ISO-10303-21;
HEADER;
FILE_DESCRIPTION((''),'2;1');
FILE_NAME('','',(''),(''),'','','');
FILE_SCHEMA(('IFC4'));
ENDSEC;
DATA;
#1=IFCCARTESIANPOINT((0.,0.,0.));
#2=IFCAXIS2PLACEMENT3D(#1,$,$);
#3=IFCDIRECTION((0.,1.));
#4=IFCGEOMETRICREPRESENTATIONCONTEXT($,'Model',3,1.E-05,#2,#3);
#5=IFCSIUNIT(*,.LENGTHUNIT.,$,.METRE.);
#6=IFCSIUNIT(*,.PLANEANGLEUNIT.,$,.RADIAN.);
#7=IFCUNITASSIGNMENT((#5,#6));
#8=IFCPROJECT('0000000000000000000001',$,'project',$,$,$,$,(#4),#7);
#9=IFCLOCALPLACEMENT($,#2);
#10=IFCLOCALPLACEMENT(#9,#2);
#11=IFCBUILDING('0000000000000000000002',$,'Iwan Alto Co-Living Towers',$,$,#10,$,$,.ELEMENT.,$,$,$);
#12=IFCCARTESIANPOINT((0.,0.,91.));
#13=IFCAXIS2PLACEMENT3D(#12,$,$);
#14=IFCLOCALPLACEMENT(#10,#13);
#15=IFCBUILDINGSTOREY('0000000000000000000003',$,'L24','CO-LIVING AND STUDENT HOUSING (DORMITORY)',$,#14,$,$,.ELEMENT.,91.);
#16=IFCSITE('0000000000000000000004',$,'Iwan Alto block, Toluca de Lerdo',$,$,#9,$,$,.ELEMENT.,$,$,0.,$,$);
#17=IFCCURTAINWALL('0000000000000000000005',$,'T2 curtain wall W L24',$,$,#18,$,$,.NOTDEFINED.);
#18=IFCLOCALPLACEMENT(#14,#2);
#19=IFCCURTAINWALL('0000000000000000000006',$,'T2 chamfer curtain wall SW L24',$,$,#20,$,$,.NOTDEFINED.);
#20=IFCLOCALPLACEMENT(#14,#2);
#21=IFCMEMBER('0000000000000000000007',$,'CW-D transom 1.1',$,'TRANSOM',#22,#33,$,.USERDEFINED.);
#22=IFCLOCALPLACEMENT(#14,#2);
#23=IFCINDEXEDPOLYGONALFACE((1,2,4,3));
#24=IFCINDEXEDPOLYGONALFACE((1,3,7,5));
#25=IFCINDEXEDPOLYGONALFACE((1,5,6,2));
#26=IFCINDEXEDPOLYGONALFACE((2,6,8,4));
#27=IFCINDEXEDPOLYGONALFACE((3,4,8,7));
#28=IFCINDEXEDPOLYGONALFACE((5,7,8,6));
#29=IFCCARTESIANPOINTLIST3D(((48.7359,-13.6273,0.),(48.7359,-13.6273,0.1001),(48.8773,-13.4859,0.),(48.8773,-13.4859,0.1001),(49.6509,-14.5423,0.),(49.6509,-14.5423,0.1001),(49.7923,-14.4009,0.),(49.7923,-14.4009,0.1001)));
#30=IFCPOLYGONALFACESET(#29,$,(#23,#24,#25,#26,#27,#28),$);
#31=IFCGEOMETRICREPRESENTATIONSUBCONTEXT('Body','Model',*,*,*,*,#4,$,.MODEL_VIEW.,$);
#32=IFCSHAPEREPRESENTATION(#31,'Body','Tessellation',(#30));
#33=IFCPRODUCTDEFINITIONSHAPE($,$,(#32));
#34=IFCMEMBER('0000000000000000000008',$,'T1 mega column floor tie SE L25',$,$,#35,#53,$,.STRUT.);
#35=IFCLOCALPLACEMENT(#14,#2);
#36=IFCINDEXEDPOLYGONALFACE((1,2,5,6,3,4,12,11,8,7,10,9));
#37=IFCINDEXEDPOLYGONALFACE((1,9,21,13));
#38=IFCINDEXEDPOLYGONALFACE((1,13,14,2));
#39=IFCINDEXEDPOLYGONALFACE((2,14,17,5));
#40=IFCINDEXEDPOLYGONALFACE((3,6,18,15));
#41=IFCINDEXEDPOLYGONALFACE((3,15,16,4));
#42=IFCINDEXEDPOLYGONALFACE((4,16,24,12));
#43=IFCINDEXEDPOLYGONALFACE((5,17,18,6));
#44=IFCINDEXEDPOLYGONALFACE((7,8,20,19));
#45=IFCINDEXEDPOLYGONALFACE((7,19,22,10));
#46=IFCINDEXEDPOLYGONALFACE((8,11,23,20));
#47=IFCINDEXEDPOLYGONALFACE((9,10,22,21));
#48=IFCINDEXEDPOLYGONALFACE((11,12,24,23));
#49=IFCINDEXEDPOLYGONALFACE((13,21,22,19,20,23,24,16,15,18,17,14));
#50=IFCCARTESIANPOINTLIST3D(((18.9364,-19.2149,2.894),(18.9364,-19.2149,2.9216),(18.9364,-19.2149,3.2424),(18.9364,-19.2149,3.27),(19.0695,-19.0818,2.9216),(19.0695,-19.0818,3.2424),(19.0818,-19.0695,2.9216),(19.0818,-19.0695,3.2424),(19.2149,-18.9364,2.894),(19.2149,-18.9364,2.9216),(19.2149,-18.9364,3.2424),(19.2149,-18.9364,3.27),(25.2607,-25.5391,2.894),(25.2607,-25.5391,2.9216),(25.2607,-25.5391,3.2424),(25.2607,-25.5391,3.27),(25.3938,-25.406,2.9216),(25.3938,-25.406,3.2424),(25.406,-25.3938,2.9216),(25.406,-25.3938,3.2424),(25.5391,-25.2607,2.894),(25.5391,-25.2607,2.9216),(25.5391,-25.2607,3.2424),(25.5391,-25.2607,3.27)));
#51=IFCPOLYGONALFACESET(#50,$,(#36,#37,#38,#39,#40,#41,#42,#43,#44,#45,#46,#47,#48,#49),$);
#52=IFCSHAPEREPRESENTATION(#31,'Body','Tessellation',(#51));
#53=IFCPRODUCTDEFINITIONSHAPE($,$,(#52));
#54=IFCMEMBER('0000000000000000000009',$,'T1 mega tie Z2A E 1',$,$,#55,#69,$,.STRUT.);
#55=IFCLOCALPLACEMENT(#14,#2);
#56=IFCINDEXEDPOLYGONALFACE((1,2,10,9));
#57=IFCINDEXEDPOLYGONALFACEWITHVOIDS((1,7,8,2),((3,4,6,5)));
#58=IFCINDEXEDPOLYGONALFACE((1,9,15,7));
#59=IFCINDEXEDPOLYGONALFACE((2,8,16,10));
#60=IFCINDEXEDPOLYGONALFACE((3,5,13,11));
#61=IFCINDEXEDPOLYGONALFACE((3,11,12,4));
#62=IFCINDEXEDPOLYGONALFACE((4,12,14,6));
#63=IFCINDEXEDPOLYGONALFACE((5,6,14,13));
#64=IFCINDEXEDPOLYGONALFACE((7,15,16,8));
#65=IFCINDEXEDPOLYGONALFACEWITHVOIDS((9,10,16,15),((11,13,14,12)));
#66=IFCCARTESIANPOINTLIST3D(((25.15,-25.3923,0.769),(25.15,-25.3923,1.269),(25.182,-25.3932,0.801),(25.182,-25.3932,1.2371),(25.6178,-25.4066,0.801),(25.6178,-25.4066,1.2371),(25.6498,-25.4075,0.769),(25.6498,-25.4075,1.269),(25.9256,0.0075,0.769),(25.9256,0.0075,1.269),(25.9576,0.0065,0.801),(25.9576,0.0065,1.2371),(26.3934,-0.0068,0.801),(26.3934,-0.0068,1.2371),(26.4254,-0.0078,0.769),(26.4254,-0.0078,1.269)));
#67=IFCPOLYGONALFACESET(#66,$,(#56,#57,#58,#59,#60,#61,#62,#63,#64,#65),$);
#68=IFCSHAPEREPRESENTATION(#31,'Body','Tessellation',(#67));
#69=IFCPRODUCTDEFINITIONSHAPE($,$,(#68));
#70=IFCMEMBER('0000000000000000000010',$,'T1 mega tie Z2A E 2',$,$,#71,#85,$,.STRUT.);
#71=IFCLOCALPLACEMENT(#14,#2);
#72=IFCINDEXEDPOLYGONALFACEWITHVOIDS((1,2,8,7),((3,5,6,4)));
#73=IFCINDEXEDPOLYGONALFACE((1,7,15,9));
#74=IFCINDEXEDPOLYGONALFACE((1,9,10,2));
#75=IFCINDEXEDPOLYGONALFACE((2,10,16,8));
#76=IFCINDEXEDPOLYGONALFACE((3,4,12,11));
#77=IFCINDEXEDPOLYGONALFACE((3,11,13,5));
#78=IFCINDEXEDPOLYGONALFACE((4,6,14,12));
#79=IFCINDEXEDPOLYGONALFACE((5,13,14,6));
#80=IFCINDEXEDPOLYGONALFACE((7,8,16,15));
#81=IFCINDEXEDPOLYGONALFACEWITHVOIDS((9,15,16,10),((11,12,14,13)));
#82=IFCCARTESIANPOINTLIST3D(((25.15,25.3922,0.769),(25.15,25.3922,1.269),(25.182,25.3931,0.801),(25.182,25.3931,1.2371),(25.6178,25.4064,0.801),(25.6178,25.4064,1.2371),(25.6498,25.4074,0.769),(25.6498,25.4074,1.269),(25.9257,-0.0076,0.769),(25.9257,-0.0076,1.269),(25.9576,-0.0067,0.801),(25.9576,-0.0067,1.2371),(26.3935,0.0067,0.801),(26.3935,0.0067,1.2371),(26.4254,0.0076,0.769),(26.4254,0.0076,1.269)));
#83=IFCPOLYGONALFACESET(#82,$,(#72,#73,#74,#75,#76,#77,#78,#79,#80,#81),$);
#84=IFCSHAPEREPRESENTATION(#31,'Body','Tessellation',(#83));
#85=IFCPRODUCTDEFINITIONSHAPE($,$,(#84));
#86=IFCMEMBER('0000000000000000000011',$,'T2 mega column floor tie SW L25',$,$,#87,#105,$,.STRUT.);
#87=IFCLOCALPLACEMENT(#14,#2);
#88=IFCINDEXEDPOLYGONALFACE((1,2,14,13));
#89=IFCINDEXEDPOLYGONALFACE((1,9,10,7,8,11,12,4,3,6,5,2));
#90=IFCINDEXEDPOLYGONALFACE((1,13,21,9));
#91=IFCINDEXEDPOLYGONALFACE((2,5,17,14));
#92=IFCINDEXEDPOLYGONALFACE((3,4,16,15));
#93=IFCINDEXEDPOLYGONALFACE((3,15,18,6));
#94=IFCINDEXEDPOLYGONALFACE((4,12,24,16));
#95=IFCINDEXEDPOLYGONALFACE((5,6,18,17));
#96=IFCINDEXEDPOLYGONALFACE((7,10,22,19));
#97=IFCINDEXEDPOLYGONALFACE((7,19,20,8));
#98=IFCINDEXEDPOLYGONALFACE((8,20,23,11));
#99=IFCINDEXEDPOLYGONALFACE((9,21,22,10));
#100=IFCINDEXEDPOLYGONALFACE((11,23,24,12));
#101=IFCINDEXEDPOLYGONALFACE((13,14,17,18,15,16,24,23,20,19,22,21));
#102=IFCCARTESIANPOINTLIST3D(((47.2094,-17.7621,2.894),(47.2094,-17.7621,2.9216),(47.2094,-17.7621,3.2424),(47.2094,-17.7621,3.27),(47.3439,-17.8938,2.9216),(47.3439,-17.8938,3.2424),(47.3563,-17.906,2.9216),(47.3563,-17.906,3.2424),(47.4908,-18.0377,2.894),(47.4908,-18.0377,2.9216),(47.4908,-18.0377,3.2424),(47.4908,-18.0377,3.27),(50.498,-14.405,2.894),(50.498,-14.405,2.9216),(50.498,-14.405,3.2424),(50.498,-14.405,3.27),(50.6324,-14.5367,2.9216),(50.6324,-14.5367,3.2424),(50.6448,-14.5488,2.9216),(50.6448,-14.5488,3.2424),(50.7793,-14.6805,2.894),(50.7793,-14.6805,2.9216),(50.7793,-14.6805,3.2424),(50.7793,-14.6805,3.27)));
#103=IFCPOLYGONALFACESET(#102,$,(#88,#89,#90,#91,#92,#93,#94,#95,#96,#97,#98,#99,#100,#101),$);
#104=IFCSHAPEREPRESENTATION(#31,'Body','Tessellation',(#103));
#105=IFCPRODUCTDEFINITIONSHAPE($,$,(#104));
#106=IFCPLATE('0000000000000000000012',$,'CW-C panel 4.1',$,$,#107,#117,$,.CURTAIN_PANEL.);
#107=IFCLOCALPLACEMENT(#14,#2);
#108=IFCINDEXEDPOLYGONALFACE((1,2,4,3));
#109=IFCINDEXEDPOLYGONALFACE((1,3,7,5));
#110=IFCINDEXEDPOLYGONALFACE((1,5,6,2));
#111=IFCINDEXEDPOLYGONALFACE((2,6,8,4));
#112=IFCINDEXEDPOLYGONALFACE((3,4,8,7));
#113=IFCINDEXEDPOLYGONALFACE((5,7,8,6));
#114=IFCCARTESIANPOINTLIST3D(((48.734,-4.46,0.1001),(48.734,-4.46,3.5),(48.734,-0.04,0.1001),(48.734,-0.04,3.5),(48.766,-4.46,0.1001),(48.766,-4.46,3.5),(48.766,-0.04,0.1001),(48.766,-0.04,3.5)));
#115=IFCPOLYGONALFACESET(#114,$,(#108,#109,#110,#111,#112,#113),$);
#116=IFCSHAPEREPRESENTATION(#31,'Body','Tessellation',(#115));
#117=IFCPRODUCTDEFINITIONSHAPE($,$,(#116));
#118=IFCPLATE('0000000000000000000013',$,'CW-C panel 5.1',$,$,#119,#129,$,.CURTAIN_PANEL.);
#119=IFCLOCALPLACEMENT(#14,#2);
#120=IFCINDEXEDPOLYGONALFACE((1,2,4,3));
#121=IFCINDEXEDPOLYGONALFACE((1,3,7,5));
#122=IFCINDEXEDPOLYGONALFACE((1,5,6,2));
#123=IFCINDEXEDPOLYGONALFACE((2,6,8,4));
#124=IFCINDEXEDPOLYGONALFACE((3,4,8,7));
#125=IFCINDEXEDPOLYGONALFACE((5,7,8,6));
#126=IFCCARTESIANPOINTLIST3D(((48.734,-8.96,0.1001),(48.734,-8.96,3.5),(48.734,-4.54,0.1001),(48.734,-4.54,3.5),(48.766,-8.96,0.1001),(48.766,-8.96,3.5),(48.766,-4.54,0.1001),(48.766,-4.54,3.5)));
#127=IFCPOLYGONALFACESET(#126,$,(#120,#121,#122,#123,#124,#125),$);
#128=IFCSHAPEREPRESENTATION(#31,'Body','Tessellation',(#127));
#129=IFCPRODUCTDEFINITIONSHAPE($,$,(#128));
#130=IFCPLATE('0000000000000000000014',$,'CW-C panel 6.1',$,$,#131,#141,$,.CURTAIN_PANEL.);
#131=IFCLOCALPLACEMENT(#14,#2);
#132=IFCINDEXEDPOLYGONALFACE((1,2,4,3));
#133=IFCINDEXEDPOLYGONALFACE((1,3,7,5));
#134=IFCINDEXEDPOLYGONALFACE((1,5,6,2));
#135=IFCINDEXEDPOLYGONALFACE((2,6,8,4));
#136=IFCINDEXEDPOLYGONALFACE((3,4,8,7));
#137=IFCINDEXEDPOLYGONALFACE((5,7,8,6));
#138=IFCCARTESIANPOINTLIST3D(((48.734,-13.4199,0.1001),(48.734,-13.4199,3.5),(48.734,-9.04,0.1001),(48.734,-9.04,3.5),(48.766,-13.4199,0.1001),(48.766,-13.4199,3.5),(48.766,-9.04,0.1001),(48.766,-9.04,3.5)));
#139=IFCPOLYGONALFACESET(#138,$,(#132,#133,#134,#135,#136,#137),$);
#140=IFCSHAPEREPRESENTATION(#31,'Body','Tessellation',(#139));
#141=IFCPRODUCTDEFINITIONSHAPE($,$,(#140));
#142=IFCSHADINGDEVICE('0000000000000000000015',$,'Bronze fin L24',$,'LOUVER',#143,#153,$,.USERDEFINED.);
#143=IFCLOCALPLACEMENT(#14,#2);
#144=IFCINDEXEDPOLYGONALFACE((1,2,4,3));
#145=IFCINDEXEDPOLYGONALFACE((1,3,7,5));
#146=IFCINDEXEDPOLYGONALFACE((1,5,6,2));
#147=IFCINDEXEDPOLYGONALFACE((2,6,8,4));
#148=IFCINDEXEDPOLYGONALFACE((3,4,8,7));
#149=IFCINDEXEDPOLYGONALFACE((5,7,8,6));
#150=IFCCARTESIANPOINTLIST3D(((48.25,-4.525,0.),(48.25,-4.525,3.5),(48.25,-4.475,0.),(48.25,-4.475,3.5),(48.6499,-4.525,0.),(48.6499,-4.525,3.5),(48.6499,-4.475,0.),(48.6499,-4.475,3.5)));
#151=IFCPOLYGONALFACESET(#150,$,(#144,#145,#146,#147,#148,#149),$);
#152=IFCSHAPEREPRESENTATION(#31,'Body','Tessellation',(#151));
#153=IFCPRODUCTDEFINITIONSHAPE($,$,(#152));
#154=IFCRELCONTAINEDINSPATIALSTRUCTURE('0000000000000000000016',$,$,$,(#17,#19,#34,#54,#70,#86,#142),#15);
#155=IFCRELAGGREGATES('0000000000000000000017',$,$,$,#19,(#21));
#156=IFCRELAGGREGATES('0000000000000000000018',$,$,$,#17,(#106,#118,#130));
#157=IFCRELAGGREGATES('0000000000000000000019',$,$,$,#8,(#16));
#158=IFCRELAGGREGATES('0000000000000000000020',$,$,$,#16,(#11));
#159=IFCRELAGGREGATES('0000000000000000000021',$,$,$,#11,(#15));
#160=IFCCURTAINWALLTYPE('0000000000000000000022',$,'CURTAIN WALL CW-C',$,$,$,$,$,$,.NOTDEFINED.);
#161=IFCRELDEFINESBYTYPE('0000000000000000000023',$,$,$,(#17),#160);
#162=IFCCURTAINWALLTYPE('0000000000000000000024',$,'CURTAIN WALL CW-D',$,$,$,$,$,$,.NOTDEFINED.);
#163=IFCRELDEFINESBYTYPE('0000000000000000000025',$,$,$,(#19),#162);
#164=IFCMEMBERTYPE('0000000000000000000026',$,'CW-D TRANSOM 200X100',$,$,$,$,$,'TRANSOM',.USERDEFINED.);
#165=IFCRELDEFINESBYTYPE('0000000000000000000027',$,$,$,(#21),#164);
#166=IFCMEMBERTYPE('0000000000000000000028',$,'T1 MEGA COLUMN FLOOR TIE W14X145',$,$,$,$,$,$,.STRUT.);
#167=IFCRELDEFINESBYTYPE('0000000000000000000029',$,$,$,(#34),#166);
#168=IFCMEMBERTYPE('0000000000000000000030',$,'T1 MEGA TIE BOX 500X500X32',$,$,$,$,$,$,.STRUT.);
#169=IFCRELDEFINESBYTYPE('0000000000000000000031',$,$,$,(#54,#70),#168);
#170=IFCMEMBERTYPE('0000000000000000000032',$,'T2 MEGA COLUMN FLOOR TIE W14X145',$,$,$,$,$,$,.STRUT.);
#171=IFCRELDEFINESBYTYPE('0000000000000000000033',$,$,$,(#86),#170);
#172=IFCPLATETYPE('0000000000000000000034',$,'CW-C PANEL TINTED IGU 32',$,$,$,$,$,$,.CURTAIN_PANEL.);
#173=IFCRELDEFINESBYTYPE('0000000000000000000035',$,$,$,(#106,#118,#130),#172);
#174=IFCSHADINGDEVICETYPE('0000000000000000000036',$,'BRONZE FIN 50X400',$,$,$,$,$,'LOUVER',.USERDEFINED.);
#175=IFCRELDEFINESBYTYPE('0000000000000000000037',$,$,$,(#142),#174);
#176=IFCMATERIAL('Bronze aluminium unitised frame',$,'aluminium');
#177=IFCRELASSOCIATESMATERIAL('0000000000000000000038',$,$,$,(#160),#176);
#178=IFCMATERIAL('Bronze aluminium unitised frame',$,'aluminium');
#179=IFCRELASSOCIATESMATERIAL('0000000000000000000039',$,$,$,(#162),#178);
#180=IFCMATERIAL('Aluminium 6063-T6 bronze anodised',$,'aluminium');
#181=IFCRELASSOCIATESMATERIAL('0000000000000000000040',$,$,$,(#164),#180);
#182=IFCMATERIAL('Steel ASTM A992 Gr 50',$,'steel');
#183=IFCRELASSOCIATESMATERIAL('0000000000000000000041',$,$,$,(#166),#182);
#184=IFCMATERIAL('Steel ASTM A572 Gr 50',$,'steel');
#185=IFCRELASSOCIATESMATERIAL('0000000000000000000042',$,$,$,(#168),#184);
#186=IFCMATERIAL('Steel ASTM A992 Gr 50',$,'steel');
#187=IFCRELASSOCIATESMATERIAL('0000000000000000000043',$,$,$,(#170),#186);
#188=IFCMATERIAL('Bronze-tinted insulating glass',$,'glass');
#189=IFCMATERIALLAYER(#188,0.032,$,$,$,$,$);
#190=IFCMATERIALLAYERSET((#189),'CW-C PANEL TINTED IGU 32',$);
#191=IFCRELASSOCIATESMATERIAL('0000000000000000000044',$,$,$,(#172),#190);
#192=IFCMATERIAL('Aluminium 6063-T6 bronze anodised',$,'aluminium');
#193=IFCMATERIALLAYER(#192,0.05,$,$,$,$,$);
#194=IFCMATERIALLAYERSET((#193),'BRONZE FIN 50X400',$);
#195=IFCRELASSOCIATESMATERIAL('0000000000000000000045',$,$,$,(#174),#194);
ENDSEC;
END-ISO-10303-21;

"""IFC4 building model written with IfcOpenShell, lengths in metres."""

from ifc_helpers import new_model, si_unit, direction, frame, origin, origin_2d, place, context, subcontext, project, spatial, rectangle, hollow_rectangle, i_section, extrude, material, layer, layer_set, material_profile, profile_set, type_object, element, aggregate, save


model = new_model("IFC4")

# Units and contexts
model_context = context("Model", 3, precision=1e-05, world=origin(), true_north=direction((0.0, 1.0)))
body_context = subcontext(model_context, "Body", "Model", "MODEL_VIEW")
ifc_project = project(units=[si_unit("LENGTHUNIT", "METRE"), si_unit("PLANEANGLEUNIT", "RADIAN")], contexts=[model_context])

# Site, building, storey
site_placement = place(None, origin())
site = spatial("IfcSite", under=ifc_project, at=site_placement, Name="Iwan Alto block, Toluca de Lerdo", CompositionType="ELEMENT", RefElevation=0.0)
building_placement = place(site_placement, origin())
building = spatial("IfcBuilding", under=site, at=building_placement, Name="Iwan Alto Co-Living Towers", CompositionType="ELEMENT")
storey_placement = place(building_placement, frame((0.0, 0.0, 91.0)))
storey = spatial("IfcBuildingStorey", under=building, at=storey_placement, Name="L24", Description="CO-LIVING AND STUDENT HOUSING (DORMITORY)", CompositionType="ELEMENT", Elevation=91.0)

# Curtain walls, member
ifc_material_1 = material(Name="Bronze aluminium unitised frame", Category="aluminium")
curtain_wall_type_1 = type_object("IfcCurtainWallType", Name="CURTAIN WALL CW-C", PredefinedType="NOTDEFINED", material=ifc_material_1)
curtain_wall_1_placement = place(storey_placement, origin())
curtain_wall_1 = element("IfcCurtainWall", 1, at=curtain_wall_1_placement, inside=storey, type_object=curtain_wall_type_1, Name="T2 curtain wall W L24", PredefinedType="NOTDEFINED")
ifc_material_2 = material(Name="Bronze aluminium unitised frame", Category="aluminium")
curtain_wall_type_2 = type_object("IfcCurtainWallType", Name="CURTAIN WALL CW-D", PredefinedType="NOTDEFINED", material=ifc_material_2)
curtain_wall_2_placement = place(storey_placement, origin())
curtain_wall_2 = element("IfcCurtainWall", 2, at=curtain_wall_2_placement, inside=storey, type_object=curtain_wall_type_2, Name="T2 chamfer curtain wall SW L24", PredefinedType="NOTDEFINED")
ifc_material_3 = material(Name="Aluminium 6063-T6 bronze anodised", Category="aluminium")
ifc_material_profile_1 = material_profile(ifc_material_3, rectangle(XDim=0.2, YDim=0.1001, at=origin_2d()), Name="AL 200X100")
ifc_profile_set_1 = profile_set([ifc_material_profile_1], Name="Aluminium 6063-T6 bronze anodised")
member_type_1 = type_object("IfcMemberType", Name="CW-D TRANSOM 200X100", ElementType="TRANSOM", PredefinedType="USERDEFINED", material=ifc_profile_set_1)
member_1_placement = place(storey_placement, frame((48.8066, -13.5566, 0.05), z_axis=(0.707107, -0.707107, 0.0), x_axis=(0.707107, 0.707107, 0.0)))
member_1 = element("IfcMember", 3, at=member_1_placement, type_object=member_type_1, Name="CW-D transom 1.1", ObjectType="TRANSOM", PredefinedType="USERDEFINED", context=body_context, shape_type="SweptSolid", body=[
    extrude(rectangle(XDim=0.2, YDim=0.1001, at=origin_2d()), origin(), (0.0, 0.0, 1.0), 1.2939),
])
aggregate(curtain_wall_2, [member_1])

# Members
ifc_material_4 = material(Name="Steel ASTM A992 Gr 50", Category="steel")
ifc_material_profile_2 = material_profile(ifc_material_4, i_section(OverallWidth=0.3938, OverallDepth=0.376, WebThickness=0.0173, FlangeThickness=0.0276, at=origin_2d()), Name="W14X145")
ifc_profile_set_2 = profile_set([ifc_material_profile_2], Name="Steel ASTM A992 Gr 50")
member_type_2 = type_object("IfcMemberType", Name="T1 MEGA COLUMN FLOOR TIE W14X145", PredefinedType="STRUT", material=ifc_profile_set_2)
member_2_placement = place(storey_placement, frame((25.3999, -25.3999, 3.082), z_axis=(-0.707107, 0.707107, 0.0), x_axis=(-0.707107, -0.707107, 0.0)))
element("IfcMember", 4, at=member_2_placement, inside=storey, type_object=member_type_2, Name="T1 mega column floor tie SE L25", PredefinedType="STRUT", context=body_context, shape_type="SweptSolid", body=[
    extrude(i_section(OverallWidth=0.3938, OverallDepth=0.376, WebThickness=0.0173, FlangeThickness=0.0276, at=origin_2d()), origin(), (0.0, 0.0, 1.0), 8.9438),
])
ifc_material_5 = material(Name="Steel ASTM A572 Gr 50", Category="steel")
ifc_material_profile_3 = material_profile(ifc_material_5, hollow_rectangle(XDim=0.5, YDim=0.5, WallThickness=0.032, at=origin_2d()), Name="BOX 500X500X32")
ifc_profile_set_3 = profile_set([ifc_material_profile_3], Name="Steel ASTM A572 Gr 50")
member_type_3 = type_object("IfcMemberType", Name="T1 MEGA TIE BOX 500X500X32", PredefinedType="STRUT", material=ifc_profile_set_3)
for number, where, z_axis, x_axis, name in (
    (5, (25.3999, -25.3999, 1.019), (0.030523, 0.999534, 0.0), (-0.999534, 0.030523, 0.0), "T1 mega tie Z2A E 1"),
    (6, (26.1755, 0.0, 1.019), (-0.030523, 0.999534, 0.0), (-0.999534, -0.030523, 0.0), "T1 mega tie Z2A E 2"),
):
    element("IfcMember", number, at=place(storey_placement, frame(where, z_axis=z_axis, x_axis=x_axis)), inside=storey, type_object=member_type_3, Name=name, PredefinedType="STRUT", context=body_context, shape_type="SweptSolid", body=[
        extrude(hollow_rectangle(XDim=0.5, YDim=0.5, WallThickness=0.032, at=origin_2d()), origin(), (0.0, 0.0, 1.0), 25.4116),
    ])
ifc_material_6 = material(Name="Steel ASTM A992 Gr 50", Category="steel")
ifc_material_profile_4 = material_profile(ifc_material_6, i_section(OverallWidth=0.3938, OverallDepth=0.376, WebThickness=0.0173, FlangeThickness=0.0276, at=origin_2d()), Name="W14X145")
ifc_profile_set_4 = profile_set([ifc_material_profile_4], Name="Steel ASTM A992 Gr 50")
member_type_4 = type_object("IfcMemberType", Name="T2 MEGA COLUMN FLOOR TIE W14X145", PredefinedType="STRUT", material=ifc_profile_set_4)
member_3_placement = place(storey_placement, frame((47.3501, -17.8999, 3.082), z_axis=(0.69977, 0.714368, 0.0), x_axis=(-0.714368, 0.69977, 0.0)))
element("IfcMember", 7, at=member_3_placement, inside=storey, type_object=member_type_4, Name="T2 mega column floor tie SW L25", PredefinedType="STRUT", context=body_context, shape_type="SweptSolid", body=[
    extrude(i_section(OverallWidth=0.3938, OverallDepth=0.376, WebThickness=0.0173, FlangeThickness=0.0276, at=origin_2d()), origin(), (0.0, 0.0, 1.0), 4.6995),
])

# Plates
ifc_material_7 = material(Name="Bronze-tinted insulating glass", Category="glass")
ifc_layer_1 = layer(ifc_material_7, 0.032)
ifc_layer_set_1 = layer_set([ifc_layer_1], Name="CW-C PANEL TINTED IGU 32")
plate_type = type_object("IfcPlateType", Name="CW-C PANEL TINTED IGU 32", PredefinedType="CURTAIN_PANEL", material=ifc_layer_set_1)
plate_1_placement = place(storey_placement, frame((48.75, -2.25, 0.1001), z_axis=(0.0, 0.0, 1.0), x_axis=(0.0, -1.0, 0.0)))
plate_1 = element("IfcPlate", 8, at=plate_1_placement, type_object=plate_type, Name="CW-C panel 4.1", PredefinedType="CURTAIN_PANEL", context=body_context, shape_type="SweptSolid", body=[
    extrude(rectangle(XDim=4.4199, YDim=0.032, at=origin_2d()), origin(), (0.0, 0.0, 1.0), 3.3999),
])
plate_2_placement = place(storey_placement, frame((48.75, -6.75, 0.1001), z_axis=(0.0, 0.0, 1.0), x_axis=(0.0, -1.0, 0.0)))
plate_2 = element("IfcPlate", 9, at=plate_2_placement, type_object=plate_type, Name="CW-C panel 5.1", PredefinedType="CURTAIN_PANEL", context=body_context, shape_type="SweptSolid", body=[
    extrude(rectangle(XDim=4.4199, YDim=0.032, at=origin_2d()), origin(), (0.0, 0.0, 1.0), 3.3999),
])
plate_3_placement = place(storey_placement, frame((48.75, -11.23, 0.1001), z_axis=(0.0, 0.0, 1.0), x_axis=(0.0, -1.0, 0.0)))
plate_3 = element("IfcPlate", 10, at=plate_3_placement, type_object=plate_type, Name="CW-C panel 6.1", PredefinedType="CURTAIN_PANEL", context=body_context, shape_type="SweptSolid", body=[
    extrude(rectangle(XDim=4.3799, YDim=0.032, at=origin_2d()), origin(), (0.0, 0.0, 1.0), 3.3999),
])
aggregate(curtain_wall_1, [plate_1, plate_2, plate_3])

# Shading device
ifc_material_8 = material(Name="Aluminium 6063-T6 bronze anodised", Category="aluminium")
ifc_layer_2 = layer(ifc_material_8, 0.05)
ifc_layer_set_2 = layer_set([ifc_layer_2], Name="BRONZE FIN 50X400")
shading_device_type = type_object("IfcShadingDeviceType", Name="BRONZE FIN 50X400", ElementType="LOUVER", PredefinedType="USERDEFINED", material=ifc_layer_set_2)
shading_device_placement = place(storey_placement, frame((48.45, -4.5, 0.0), z_axis=(0.0, 0.0, 1.0), x_axis=(0.0, -1.0, 0.0)))
element("IfcShadingDevice", 11, at=shading_device_placement, inside=storey, type_object=shading_device_type, Name="Bronze fin L24", ObjectType="LOUVER", PredefinedType="USERDEFINED", context=body_context, shape_type="SweptSolid", body=[
    extrude(rectangle(XDim=0.05, YDim=0.3999, at=origin_2d()), origin(), (0.0, 0.0, 1.0), 3.5),
])

save(model, "model.ifc")
